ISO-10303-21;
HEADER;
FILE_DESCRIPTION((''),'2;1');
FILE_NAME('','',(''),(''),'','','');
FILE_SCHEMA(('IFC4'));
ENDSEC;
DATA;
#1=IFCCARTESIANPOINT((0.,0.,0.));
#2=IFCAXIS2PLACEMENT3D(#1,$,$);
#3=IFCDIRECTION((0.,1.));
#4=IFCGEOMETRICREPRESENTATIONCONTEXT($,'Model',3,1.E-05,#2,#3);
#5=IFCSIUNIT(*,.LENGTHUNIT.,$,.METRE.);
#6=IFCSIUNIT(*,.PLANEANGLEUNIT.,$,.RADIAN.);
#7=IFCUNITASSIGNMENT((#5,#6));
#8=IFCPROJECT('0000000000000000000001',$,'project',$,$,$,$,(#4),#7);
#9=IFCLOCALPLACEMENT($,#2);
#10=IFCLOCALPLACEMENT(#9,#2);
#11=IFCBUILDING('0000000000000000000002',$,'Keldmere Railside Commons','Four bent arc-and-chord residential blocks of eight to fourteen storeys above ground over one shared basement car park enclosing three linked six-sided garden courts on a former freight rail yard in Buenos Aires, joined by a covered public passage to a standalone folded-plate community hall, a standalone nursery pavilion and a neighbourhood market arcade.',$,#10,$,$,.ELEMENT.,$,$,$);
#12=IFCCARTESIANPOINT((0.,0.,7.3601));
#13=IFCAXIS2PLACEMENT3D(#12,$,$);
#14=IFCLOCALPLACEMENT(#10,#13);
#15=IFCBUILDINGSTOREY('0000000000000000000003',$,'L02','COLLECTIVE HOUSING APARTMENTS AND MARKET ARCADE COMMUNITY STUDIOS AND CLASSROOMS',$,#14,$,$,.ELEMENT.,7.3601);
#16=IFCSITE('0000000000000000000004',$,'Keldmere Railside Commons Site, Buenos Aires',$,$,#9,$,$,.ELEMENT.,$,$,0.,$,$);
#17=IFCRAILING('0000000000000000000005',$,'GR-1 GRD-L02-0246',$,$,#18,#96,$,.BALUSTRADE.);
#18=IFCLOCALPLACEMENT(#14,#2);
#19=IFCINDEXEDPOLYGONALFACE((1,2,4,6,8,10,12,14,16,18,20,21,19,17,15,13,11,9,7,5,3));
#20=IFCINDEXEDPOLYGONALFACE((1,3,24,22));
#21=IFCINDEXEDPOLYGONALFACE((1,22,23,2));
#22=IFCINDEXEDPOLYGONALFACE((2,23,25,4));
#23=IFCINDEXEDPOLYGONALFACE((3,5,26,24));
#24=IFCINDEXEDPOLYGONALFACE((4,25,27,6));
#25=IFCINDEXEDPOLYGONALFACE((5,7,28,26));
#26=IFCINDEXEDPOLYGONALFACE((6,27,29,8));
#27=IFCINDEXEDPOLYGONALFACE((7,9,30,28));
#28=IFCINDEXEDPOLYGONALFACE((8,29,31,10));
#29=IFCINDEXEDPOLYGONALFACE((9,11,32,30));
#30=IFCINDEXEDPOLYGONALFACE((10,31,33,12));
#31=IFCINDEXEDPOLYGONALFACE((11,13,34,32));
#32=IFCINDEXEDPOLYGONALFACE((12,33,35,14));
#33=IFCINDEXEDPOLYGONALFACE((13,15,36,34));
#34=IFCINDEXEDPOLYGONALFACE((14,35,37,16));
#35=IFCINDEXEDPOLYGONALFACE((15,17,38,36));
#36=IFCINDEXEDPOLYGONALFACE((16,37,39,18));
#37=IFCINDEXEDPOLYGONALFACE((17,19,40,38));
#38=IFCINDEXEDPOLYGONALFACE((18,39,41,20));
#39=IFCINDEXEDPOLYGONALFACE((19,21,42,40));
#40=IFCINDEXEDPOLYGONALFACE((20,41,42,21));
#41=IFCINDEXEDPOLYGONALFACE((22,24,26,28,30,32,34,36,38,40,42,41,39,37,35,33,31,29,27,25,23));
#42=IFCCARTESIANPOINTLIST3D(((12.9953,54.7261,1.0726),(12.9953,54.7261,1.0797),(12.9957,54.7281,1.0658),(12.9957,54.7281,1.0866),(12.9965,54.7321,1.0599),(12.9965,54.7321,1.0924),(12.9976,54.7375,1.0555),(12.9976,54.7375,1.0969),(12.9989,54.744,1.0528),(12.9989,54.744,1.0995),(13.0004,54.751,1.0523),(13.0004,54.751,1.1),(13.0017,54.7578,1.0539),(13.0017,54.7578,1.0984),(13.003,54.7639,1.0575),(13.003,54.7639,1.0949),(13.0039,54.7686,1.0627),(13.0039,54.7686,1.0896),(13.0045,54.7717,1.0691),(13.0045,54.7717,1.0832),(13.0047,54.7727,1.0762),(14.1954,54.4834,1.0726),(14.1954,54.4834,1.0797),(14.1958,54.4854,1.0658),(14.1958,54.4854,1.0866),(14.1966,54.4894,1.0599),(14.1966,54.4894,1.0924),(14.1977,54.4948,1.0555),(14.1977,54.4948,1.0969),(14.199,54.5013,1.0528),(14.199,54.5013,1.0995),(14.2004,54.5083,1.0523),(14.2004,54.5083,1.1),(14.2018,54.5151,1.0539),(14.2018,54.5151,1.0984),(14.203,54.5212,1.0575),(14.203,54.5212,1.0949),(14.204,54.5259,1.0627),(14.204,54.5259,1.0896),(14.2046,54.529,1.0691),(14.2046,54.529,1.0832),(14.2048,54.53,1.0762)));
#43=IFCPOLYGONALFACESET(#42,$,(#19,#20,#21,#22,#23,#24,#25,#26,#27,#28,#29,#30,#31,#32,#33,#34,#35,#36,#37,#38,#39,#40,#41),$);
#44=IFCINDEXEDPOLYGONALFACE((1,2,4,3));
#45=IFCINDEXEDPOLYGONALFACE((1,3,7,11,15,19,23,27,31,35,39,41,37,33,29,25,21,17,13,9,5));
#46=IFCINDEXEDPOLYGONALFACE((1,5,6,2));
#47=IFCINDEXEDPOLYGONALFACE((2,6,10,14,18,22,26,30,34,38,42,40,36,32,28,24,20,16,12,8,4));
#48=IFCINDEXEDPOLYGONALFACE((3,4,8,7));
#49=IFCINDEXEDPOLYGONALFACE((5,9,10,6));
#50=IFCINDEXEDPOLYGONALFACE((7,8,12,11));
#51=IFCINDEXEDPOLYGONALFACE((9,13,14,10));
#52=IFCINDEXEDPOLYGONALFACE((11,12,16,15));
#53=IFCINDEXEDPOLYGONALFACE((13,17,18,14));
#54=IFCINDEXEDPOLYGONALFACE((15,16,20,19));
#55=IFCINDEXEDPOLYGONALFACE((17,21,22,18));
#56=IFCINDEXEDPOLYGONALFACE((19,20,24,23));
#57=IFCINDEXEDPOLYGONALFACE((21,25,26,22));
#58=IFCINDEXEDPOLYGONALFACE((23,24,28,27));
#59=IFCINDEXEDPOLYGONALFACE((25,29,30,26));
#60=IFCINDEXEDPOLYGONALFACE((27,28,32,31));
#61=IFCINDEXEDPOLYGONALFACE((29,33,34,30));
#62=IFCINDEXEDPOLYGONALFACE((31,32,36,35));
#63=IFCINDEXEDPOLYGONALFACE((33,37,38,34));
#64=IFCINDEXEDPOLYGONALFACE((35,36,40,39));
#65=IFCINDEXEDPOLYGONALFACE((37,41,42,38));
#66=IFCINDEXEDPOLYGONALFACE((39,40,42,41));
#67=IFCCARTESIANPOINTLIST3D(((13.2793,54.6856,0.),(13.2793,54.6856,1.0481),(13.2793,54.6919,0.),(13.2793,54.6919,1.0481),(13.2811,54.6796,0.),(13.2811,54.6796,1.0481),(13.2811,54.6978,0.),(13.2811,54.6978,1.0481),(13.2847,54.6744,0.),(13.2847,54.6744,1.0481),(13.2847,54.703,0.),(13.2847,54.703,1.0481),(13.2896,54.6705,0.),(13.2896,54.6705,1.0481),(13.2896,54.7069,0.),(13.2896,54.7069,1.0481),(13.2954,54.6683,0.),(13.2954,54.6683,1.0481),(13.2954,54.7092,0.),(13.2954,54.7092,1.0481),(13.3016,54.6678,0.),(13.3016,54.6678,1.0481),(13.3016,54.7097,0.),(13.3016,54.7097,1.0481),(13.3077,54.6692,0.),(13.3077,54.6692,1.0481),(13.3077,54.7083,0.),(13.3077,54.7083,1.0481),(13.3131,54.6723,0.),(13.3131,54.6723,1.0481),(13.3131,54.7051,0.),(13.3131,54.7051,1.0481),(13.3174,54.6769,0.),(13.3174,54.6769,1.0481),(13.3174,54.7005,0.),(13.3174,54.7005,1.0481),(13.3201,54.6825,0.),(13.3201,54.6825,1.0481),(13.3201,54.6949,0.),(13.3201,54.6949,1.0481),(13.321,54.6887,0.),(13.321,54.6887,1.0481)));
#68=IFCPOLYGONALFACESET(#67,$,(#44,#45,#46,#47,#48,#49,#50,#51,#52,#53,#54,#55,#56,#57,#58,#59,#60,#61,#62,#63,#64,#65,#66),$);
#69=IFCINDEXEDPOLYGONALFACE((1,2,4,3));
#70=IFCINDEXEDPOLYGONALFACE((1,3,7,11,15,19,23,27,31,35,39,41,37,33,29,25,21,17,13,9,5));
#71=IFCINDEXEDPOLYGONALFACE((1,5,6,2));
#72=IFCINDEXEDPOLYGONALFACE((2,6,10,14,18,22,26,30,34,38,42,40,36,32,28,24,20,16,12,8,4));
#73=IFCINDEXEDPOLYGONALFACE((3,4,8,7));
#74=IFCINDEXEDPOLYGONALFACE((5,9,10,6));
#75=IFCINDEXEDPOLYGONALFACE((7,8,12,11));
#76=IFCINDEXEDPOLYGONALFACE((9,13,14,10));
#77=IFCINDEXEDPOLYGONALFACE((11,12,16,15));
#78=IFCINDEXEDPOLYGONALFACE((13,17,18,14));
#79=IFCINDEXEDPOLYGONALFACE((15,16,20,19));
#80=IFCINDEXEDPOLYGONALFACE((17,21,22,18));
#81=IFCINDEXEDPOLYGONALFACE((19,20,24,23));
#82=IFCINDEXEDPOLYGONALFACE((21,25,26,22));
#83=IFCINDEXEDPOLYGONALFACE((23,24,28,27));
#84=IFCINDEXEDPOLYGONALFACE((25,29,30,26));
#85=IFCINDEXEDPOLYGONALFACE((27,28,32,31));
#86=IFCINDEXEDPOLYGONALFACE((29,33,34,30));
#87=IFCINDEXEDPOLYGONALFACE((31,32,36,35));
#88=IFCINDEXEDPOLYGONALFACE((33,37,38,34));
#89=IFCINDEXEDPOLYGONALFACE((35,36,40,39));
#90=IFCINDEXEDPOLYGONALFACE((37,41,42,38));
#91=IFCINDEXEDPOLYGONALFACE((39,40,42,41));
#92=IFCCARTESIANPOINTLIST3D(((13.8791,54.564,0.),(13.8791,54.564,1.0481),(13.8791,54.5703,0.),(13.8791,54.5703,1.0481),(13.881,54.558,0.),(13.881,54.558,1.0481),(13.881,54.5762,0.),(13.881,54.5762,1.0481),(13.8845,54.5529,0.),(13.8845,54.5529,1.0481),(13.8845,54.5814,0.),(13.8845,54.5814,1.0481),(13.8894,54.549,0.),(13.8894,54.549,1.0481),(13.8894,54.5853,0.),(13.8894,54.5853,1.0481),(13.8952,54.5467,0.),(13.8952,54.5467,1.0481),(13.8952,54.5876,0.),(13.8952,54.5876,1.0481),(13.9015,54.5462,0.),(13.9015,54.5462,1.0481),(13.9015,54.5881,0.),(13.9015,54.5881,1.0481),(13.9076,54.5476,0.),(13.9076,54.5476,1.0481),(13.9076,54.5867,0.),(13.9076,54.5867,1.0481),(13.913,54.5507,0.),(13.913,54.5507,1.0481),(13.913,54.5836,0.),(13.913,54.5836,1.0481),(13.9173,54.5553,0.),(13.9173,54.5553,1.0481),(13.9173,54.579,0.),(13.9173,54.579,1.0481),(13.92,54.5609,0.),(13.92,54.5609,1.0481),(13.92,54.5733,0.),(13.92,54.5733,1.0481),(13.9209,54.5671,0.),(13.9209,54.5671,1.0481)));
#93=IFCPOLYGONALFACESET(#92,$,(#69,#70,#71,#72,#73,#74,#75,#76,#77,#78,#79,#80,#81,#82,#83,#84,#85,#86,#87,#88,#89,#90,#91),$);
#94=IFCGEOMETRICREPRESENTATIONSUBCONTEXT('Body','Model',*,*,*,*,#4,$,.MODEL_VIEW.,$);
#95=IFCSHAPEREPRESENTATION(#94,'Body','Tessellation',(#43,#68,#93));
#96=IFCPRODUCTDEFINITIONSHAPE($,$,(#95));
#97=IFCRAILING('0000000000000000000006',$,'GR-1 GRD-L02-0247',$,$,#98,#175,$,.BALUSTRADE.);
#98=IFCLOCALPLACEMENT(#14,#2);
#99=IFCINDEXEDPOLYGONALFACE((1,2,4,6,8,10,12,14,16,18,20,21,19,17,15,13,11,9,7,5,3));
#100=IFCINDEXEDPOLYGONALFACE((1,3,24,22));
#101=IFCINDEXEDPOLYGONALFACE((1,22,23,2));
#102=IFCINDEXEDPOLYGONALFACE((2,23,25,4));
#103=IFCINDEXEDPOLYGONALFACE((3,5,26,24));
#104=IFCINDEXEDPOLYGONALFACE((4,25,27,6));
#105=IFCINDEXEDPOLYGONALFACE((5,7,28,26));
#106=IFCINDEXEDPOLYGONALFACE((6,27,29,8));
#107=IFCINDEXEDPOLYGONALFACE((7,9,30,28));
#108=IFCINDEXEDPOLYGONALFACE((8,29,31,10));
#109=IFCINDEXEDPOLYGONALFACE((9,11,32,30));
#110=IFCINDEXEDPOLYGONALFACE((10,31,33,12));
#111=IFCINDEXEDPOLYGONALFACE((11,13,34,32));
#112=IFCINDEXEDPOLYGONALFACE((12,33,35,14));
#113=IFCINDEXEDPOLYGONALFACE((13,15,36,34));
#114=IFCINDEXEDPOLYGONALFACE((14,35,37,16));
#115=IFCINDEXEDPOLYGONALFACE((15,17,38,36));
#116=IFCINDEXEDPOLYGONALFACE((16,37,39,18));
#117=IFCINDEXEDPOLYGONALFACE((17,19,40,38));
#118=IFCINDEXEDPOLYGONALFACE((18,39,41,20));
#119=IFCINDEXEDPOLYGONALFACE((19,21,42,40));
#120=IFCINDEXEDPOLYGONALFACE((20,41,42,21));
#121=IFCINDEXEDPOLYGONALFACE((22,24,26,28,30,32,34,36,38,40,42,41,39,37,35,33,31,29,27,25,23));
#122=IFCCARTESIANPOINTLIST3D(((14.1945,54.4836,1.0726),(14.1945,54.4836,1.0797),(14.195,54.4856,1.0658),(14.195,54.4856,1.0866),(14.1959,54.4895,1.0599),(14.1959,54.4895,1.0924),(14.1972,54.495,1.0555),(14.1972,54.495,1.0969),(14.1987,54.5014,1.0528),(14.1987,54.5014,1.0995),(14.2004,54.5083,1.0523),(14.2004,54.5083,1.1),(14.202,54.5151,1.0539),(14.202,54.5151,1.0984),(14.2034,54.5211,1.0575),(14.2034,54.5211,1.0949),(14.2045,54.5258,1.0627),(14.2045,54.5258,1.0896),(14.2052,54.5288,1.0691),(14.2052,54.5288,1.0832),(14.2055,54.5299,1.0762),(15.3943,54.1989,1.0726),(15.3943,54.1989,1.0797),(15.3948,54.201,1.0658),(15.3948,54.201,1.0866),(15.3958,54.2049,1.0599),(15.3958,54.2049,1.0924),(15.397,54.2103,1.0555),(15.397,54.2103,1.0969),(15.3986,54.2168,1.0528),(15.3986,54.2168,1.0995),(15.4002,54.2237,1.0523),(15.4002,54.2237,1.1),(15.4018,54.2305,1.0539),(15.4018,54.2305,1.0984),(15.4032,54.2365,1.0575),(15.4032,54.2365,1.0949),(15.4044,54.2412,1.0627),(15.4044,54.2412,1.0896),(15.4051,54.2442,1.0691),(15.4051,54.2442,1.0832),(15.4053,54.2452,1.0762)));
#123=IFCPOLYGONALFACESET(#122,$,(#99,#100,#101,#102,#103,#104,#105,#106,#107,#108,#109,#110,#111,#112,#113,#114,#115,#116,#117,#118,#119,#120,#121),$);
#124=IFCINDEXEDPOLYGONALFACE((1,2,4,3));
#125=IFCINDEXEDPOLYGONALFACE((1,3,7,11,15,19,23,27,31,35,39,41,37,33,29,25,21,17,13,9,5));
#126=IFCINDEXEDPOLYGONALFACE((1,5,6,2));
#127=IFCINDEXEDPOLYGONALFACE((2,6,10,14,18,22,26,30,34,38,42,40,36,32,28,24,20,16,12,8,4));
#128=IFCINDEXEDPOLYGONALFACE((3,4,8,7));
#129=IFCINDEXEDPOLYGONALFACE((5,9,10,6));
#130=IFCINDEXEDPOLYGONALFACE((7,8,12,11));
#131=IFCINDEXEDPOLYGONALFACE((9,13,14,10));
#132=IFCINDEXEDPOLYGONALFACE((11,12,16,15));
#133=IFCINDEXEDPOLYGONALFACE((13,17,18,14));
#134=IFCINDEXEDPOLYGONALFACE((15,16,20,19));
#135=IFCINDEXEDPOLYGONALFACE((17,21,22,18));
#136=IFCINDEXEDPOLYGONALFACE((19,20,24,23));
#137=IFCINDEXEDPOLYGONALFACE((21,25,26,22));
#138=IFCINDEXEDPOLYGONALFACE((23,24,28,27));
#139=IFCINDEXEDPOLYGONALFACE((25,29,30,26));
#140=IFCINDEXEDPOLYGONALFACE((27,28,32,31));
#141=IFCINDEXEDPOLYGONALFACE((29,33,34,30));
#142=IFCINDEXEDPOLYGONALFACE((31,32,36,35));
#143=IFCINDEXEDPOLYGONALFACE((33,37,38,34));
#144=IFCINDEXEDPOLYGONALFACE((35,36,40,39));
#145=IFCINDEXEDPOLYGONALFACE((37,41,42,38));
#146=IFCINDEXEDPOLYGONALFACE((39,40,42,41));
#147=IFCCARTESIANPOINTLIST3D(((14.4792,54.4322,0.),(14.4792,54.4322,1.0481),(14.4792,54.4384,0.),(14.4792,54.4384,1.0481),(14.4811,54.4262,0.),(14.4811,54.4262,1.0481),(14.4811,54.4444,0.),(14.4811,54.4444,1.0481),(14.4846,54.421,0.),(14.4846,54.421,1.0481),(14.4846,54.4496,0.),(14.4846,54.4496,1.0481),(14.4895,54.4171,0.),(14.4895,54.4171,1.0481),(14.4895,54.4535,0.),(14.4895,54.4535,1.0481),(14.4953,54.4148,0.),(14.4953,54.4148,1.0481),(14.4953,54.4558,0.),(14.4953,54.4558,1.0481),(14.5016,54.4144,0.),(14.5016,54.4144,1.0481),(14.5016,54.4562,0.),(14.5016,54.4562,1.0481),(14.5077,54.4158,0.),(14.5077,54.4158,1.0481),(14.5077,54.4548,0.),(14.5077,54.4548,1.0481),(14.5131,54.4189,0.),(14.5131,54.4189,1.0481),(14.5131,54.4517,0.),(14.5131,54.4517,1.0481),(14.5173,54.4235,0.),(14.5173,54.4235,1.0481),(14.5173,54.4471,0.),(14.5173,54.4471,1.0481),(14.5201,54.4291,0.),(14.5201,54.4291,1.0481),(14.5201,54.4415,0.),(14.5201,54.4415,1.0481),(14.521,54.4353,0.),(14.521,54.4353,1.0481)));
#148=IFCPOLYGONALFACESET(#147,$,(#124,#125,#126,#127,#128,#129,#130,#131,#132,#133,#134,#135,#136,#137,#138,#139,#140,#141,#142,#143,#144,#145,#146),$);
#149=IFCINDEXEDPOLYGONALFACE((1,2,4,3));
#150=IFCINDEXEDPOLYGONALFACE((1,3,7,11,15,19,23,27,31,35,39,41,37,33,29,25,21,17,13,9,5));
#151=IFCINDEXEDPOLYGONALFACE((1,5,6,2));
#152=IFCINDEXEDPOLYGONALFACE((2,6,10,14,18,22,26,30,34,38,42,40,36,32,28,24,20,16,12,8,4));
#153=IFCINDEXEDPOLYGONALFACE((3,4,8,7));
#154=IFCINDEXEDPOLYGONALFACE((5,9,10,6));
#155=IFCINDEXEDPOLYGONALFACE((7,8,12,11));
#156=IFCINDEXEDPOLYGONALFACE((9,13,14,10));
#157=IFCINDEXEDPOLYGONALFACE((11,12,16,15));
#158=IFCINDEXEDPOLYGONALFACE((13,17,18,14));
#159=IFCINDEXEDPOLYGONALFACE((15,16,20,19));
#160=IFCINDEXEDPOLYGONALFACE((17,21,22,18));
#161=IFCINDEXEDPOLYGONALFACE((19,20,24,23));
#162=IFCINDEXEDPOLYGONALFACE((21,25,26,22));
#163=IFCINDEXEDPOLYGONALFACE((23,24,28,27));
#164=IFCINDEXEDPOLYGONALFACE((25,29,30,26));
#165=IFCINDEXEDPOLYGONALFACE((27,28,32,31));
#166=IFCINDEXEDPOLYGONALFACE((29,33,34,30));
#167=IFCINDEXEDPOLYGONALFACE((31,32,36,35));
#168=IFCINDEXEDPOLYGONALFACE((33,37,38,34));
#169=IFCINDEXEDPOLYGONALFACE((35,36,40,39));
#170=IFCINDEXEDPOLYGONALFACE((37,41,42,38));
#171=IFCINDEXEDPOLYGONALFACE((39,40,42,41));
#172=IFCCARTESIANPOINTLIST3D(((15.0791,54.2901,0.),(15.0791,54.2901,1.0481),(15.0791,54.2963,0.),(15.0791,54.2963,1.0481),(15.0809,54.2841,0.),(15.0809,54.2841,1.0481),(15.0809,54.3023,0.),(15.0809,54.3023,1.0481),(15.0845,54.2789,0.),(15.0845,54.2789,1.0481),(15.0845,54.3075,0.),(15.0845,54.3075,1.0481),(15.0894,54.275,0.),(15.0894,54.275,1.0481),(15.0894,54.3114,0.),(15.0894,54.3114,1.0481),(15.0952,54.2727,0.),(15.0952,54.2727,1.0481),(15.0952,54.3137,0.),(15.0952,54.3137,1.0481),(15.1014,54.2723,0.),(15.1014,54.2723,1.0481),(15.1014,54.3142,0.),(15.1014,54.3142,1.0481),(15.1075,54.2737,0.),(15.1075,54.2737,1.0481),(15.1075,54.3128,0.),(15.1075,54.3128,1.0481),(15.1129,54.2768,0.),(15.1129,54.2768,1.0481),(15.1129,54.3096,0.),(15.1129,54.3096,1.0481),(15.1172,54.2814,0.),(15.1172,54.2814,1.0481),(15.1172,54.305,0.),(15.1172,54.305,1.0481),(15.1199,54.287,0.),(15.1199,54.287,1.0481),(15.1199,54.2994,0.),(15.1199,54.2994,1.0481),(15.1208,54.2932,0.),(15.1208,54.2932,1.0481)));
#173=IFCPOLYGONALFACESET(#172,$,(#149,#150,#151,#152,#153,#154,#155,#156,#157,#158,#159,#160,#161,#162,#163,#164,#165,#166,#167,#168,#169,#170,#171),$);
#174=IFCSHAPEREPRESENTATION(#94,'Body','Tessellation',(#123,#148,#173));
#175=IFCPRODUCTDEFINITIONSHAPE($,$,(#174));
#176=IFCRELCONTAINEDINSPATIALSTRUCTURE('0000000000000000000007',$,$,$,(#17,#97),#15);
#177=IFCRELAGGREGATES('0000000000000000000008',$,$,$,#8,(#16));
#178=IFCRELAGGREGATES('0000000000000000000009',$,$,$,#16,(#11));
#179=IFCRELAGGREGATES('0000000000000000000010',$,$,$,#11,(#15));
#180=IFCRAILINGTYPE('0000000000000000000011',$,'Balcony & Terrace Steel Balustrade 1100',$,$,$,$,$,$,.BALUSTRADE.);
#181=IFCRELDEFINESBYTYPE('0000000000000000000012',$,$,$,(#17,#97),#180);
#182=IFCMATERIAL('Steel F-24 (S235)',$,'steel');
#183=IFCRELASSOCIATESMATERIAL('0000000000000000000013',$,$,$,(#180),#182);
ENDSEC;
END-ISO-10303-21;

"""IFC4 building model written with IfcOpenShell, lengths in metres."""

from ifc_helpers import new_model, si_unit, direction, frame, origin, origin_2d, place, context, subcontext, project, spatial, circle, extrude, material, type_object, element, save


model = new_model("IFC4")

# Units and contexts
model_context = context("Model", 3, precision=1e-05, world=origin(), true_north=direction((0.0, 1.0)))
body_context = subcontext(model_context, "Body", "Model", "MODEL_VIEW")
ifc_project = project(units=[si_unit("LENGTHUNIT", "METRE"), si_unit("PLANEANGLEUNIT", "RADIAN")], contexts=[model_context])

# Site, building, storey
site_placement = place(None, origin())
site = spatial("IfcSite", under=ifc_project, at=site_placement, Name="Keldmere Railside Commons Site, Buenos Aires", CompositionType="ELEMENT", RefElevation=0.0)
building_placement = place(site_placement, origin())
building = spatial("IfcBuilding", under=site, at=building_placement, Name="Keldmere Railside Commons", Description="Four bent arc-and-chord residential blocks of eight to fourteen storeys above ground over one shared basement car park enclosing three linked six-sided garden courts on a former freight rail yard in Buenos Aires, joined by a covered public passage to a standalone folded-plate community hall, a standalone nursery pavilion and a neighbourhood market arcade.", CompositionType="ELEMENT")
storey_placement = place(building_placement, frame((0.0, 0.0, 7.3601)))
storey = spatial("IfcBuildingStorey", under=building, at=storey_placement, Name="L02", Description="COLLECTIVE HOUSING APARTMENTS AND MARKET ARCADE COMMUNITY STUDIOS AND CLASSROOMS", CompositionType="ELEMENT", Elevation=7.3601)

# Railings
ifc_material_1 = material(Name="Steel F-24 (S235)", Category="steel")
railing_type = type_object("IfcRailingType", Name="Balcony & Terrace Steel Balustrade 1100", PredefinedType="BALUSTRADE", material=ifc_material_1)
railing_1_placement = place(storey_placement, frame((13.0, 54.7493, 0.0)))
element("IfcRailing", 1, at=railing_1_placement, inside=storey, type_object=railing_type, Name="GR-1 GRD-L02-0246", PredefinedType="BALUSTRADE", context=body_context, shape_type="SweptSolid", body=[
    extrude(circle(Radius=0.0239, at=origin_2d()), frame((0.0, 0.0, 1.0762), z_axis=(0.980157, -0.198225, 0.0), x_axis=(0.198225, 0.980157, 0.0)), (0.0, 0.0, 1.0), 1.2244),
    extrude(circle(Radius=0.021, at=origin_2d()), frame((0.3, -0.0605, 0.0)), (0.0, 0.0, 1.0), 1.0481),
    extrude(circle(Radius=0.021, at=origin_2d()), frame((0.8999, -0.1821, 0.0)), (0.0, 0.0, 1.0), 1.0481),
])
railing_2_placement = place(storey_placement, frame((14.2, 54.5066, 0.0)))
element("IfcRailing", 2, at=railing_2_placement, inside=storey, type_object=railing_type, Name="GR-1 GRD-L02-0247", PredefinedType="BALUSTRADE", context=body_context, shape_type="SweptSolid", body=[
    extrude(circle(Radius=0.0239, at=origin_2d()), frame((0.0, 0.0, 1.0762), z_axis=(0.972995, -0.230826, 0.0), x_axis=(0.230826, 0.972995, 0.0)), (0.0, 0.0, 1.0), 1.2332),
    extrude(circle(Radius=0.021, at=origin_2d()), frame((0.3, -0.0713, 0.0)), (0.0, 0.0, 1.0), 1.0481),
    extrude(circle(Radius=0.021, at=origin_2d()), frame((0.8999, -0.2134, 0.0)), (0.0, 0.0, 1.0), 1.0481),
])

save(model, "model.ifc")
